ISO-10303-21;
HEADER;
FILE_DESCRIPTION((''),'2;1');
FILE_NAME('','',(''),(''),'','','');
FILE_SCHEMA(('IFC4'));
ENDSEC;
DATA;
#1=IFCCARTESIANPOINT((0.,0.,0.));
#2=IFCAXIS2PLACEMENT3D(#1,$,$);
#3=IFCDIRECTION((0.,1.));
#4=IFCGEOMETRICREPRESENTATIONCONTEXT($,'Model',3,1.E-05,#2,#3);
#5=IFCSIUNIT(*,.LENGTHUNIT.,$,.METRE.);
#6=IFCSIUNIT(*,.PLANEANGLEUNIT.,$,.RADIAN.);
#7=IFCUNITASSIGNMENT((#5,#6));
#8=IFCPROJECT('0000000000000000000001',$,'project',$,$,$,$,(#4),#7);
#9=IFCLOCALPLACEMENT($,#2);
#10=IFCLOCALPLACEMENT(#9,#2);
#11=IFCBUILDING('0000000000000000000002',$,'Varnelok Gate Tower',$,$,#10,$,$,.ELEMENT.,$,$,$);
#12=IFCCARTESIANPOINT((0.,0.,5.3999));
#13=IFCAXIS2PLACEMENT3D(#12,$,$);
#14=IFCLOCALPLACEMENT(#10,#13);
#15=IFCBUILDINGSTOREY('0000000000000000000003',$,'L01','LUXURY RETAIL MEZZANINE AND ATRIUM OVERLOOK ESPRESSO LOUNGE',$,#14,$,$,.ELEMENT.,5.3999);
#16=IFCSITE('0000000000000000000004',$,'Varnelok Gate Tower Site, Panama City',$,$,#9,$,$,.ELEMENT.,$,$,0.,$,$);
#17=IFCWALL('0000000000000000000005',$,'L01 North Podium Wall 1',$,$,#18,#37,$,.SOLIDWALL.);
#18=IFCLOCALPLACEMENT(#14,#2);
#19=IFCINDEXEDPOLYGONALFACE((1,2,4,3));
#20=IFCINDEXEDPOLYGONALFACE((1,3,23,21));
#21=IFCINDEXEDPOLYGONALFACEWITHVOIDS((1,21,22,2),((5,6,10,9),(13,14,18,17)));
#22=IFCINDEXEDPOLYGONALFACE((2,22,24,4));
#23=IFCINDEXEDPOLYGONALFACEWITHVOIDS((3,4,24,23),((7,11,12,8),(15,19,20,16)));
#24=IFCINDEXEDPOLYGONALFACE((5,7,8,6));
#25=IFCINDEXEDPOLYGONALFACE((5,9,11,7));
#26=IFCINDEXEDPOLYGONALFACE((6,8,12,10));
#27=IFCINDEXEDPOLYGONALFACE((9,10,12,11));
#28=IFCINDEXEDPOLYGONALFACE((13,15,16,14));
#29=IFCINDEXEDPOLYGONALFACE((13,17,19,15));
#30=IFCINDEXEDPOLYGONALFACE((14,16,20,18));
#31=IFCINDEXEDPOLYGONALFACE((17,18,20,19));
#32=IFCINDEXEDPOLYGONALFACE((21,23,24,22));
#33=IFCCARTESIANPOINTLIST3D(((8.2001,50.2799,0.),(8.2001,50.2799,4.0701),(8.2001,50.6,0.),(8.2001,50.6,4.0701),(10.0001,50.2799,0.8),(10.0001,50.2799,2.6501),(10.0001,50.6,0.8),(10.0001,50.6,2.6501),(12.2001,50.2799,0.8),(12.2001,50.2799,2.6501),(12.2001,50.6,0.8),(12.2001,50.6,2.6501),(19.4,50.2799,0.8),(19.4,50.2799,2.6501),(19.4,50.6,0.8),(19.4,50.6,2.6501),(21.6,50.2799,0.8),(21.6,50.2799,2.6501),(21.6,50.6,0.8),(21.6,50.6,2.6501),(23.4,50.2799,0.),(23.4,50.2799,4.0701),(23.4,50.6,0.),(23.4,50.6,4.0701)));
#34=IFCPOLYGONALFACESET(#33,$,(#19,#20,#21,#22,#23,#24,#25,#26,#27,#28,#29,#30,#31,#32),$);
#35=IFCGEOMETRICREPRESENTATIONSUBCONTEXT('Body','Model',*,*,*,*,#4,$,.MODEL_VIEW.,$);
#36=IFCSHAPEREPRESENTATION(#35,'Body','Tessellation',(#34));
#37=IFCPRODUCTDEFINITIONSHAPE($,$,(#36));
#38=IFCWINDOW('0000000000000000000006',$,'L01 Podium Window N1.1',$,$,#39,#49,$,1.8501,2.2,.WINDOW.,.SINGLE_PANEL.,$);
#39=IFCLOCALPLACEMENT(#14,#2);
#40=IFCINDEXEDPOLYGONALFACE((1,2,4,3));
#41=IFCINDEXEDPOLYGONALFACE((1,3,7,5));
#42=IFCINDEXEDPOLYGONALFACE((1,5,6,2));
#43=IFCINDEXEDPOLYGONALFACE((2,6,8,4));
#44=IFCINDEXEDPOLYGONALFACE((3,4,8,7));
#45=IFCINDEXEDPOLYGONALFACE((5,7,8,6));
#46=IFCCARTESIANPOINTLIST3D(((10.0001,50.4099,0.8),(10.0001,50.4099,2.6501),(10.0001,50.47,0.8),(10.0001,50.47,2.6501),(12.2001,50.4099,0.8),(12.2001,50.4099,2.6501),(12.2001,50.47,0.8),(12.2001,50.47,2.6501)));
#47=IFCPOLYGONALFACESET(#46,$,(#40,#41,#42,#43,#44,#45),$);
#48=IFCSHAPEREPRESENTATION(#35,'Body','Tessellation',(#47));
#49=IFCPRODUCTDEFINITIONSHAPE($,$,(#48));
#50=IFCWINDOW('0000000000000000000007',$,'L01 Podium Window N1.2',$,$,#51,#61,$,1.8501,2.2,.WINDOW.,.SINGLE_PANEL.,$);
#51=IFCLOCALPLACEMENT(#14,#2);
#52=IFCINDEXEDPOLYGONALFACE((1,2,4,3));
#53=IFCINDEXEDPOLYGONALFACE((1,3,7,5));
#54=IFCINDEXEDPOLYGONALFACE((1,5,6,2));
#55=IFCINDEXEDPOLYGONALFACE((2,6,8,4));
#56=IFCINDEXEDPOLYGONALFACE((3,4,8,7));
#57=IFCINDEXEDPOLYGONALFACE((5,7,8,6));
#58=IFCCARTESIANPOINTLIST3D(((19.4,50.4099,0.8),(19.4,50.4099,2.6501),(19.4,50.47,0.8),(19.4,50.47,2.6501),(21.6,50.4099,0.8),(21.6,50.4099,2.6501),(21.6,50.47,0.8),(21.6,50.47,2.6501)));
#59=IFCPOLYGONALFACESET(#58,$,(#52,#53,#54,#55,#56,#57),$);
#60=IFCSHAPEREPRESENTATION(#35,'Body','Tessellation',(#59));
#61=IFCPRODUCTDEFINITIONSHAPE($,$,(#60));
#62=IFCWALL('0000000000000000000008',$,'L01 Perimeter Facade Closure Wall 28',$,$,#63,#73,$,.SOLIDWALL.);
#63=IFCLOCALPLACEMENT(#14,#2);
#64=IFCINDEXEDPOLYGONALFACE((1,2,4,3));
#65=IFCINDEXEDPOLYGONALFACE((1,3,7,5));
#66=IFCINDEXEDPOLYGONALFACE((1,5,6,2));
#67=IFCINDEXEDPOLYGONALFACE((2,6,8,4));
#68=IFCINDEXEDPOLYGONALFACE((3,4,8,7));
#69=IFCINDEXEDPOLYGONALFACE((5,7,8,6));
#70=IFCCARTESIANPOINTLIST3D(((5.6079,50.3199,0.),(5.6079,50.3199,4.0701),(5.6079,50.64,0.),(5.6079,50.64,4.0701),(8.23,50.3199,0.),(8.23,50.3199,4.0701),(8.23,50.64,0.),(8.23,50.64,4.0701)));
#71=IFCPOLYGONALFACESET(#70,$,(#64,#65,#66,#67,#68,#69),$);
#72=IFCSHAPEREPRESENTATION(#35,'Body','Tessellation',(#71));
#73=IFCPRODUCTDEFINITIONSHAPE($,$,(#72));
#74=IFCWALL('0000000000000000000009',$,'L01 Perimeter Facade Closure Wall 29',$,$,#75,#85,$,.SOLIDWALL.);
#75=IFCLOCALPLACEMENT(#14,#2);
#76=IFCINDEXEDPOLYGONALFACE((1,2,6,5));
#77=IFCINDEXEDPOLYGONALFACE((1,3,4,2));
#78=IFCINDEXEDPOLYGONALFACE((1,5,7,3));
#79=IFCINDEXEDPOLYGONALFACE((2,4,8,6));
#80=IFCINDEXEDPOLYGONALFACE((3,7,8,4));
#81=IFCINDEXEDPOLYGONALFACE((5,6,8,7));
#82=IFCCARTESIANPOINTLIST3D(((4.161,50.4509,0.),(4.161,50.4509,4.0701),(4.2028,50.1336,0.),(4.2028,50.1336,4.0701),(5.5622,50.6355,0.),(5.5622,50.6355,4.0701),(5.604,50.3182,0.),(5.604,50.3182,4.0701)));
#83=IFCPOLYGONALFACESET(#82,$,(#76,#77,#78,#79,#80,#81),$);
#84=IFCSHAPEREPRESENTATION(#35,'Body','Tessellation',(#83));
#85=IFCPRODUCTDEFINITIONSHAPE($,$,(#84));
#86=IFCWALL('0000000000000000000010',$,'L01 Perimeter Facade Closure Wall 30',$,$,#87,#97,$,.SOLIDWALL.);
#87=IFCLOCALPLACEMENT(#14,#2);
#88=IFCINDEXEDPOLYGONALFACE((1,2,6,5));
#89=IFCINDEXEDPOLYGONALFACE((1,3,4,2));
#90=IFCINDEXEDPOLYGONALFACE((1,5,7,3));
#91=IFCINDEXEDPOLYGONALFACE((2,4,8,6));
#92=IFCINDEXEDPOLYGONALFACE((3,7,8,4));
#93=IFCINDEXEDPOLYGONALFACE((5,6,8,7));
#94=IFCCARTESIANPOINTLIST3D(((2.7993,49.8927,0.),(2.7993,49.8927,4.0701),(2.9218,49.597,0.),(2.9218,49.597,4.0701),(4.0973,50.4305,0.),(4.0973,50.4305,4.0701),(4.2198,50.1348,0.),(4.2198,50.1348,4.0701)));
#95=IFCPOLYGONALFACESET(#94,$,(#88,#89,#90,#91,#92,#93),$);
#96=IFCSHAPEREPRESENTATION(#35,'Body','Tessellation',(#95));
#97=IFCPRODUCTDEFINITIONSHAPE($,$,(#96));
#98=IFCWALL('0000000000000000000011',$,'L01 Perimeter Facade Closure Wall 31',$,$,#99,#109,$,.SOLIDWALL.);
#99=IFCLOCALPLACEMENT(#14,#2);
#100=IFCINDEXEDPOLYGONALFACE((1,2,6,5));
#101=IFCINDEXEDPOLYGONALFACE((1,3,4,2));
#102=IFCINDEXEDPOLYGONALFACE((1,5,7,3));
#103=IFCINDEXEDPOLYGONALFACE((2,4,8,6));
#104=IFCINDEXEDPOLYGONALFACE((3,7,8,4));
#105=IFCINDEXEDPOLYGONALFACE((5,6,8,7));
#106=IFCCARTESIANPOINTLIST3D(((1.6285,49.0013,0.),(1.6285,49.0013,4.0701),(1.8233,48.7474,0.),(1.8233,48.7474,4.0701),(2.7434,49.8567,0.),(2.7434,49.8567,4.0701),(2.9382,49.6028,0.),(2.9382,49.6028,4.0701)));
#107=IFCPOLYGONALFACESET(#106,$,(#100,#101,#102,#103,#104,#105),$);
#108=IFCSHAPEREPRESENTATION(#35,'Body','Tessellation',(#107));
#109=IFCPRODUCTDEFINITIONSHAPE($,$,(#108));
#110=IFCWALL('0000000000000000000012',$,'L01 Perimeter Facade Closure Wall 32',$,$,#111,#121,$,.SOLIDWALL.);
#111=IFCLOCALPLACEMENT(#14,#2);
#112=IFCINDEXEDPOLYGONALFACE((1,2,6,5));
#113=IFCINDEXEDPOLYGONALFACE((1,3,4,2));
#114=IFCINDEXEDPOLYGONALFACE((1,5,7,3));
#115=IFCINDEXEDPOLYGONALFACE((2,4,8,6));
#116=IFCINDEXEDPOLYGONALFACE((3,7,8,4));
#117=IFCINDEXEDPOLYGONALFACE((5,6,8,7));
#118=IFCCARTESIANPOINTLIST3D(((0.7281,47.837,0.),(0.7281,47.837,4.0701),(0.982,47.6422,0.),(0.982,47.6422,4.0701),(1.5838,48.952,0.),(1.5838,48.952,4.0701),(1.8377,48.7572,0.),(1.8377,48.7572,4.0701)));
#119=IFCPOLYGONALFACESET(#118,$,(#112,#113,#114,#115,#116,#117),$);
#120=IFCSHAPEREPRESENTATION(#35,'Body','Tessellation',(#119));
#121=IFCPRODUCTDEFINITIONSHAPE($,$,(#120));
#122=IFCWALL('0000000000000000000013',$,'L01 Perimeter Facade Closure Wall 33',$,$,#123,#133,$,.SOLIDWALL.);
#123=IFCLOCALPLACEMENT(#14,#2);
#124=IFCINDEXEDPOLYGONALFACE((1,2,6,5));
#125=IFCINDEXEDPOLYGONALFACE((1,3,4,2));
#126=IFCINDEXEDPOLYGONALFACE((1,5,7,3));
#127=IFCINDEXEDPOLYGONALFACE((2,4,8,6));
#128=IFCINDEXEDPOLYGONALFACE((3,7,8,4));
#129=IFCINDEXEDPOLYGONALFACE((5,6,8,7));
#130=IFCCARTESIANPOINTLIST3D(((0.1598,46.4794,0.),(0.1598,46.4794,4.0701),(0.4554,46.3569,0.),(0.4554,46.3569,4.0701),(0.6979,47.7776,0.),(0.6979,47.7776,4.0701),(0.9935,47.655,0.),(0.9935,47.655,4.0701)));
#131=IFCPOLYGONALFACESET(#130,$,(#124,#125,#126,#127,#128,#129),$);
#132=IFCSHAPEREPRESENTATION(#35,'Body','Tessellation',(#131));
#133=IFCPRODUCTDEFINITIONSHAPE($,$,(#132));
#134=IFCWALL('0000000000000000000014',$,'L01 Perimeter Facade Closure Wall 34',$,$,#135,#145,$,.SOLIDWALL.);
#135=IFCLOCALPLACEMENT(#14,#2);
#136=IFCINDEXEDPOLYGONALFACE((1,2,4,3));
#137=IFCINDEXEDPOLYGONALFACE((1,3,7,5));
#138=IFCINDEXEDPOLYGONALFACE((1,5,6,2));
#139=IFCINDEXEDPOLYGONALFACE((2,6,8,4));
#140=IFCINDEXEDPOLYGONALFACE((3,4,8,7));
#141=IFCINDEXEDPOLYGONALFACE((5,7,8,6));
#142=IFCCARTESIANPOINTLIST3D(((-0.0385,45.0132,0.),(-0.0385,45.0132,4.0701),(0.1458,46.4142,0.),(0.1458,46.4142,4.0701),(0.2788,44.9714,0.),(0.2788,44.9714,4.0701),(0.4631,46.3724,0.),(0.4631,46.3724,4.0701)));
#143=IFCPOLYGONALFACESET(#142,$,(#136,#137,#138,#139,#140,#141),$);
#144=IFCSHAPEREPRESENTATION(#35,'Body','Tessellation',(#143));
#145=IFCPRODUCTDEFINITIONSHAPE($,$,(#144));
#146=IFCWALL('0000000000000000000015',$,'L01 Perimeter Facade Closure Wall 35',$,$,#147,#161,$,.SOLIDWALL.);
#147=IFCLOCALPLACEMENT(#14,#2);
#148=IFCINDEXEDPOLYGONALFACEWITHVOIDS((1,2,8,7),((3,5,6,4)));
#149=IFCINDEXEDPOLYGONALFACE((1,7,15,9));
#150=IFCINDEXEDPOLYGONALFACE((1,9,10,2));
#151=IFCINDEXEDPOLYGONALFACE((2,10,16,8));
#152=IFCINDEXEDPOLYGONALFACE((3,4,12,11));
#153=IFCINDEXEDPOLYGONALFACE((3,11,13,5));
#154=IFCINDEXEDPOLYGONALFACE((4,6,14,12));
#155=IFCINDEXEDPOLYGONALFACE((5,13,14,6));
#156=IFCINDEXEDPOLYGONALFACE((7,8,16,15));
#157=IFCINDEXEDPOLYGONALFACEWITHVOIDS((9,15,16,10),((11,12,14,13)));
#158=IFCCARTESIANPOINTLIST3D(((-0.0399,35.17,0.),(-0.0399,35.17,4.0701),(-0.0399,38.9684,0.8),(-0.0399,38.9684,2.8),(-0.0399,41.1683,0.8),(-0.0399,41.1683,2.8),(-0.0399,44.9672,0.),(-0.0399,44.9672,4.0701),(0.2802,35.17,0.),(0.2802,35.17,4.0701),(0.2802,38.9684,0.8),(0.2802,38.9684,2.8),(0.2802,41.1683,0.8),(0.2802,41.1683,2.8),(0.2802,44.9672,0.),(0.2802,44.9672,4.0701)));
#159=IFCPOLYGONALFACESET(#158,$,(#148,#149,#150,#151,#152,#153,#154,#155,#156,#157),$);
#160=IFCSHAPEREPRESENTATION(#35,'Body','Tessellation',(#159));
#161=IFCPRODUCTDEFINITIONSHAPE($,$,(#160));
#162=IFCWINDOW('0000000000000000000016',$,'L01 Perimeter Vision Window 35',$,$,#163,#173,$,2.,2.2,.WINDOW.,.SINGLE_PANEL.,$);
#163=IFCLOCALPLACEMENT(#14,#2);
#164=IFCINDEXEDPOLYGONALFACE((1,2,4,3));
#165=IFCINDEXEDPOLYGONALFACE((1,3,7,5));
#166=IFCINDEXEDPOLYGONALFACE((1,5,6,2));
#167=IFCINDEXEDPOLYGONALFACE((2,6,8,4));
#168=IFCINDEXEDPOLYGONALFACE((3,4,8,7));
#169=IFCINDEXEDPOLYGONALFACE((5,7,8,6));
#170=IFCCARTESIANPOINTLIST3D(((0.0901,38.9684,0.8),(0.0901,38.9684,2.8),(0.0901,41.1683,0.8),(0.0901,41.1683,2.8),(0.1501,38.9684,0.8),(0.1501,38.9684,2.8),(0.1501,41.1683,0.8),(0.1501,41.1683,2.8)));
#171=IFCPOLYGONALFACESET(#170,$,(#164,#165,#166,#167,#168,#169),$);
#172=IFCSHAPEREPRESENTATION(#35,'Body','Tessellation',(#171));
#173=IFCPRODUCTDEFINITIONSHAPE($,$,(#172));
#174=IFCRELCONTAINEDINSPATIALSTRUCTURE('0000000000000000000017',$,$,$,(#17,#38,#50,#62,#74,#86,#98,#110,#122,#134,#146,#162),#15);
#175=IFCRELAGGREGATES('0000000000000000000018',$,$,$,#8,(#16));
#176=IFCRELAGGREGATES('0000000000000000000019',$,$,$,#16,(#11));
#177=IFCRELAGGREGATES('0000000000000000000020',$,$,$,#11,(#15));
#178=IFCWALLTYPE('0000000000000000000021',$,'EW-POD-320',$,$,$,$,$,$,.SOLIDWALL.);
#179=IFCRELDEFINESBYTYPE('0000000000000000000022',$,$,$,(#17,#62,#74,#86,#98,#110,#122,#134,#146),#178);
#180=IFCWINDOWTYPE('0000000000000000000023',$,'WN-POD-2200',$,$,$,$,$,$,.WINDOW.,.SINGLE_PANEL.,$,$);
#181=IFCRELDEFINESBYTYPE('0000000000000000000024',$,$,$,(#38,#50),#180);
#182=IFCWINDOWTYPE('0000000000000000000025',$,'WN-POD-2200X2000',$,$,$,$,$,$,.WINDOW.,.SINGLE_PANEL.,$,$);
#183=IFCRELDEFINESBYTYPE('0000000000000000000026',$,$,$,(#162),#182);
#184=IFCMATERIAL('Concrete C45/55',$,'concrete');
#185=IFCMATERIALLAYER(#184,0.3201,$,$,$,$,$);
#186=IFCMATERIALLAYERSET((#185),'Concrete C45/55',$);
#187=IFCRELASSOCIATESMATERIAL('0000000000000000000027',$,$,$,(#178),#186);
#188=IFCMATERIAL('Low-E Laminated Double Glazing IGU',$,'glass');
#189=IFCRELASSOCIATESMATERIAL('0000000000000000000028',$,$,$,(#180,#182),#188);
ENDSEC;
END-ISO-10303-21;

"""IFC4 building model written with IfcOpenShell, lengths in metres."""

from ifc_helpers import new_model, si_unit, direction, frame, frame_2d, origin, place, context, subcontext, project, spatial, rectangle, extrude, material, layer, layer_set, type_object, element, fill, save


model = new_model("IFC4")

# Units and contexts
model_context = context("Model", 3, precision=1e-05, world=origin(), true_north=direction((0.0, 1.0)))
body_context = subcontext(model_context, "Body", "Model", "MODEL_VIEW")
ifc_project = project(units=[si_unit("LENGTHUNIT", "METRE"), si_unit("PLANEANGLEUNIT", "RADIAN")], contexts=[model_context])

# Site, building, storey
site_placement = place(None, origin())
site = spatial("IfcSite", under=ifc_project, at=site_placement, Name="Varnelok Gate Tower Site, Panama City", CompositionType="ELEMENT", RefElevation=0.0)
building_placement = place(site_placement, origin())
building = spatial("IfcBuilding", under=site, at=building_placement, Name="Varnelok Gate Tower", CompositionType="ELEMENT")
storey_placement = place(building_placement, frame((0.0, 0.0, 5.3999)))
storey = spatial("IfcBuildingStorey", under=building, at=storey_placement, Name="L01", Description="LUXURY RETAIL MEZZANINE AND ATRIUM OVERLOOK ESPRESSO LOUNGE", CompositionType="ELEMENT", Elevation=5.3999)

# Wall, openings, windows
ifc_material_1 = material(Name="Concrete C45/55", Category="concrete")
ifc_layer_1 = layer(ifc_material_1, 0.3201)
ifc_layer_set_1 = layer_set([ifc_layer_1], Name="Concrete C45/55")
wall_type_1 = type_object("IfcWallType", Name="EW-POD-320", PredefinedType="SOLIDWALL", material=ifc_layer_set_1)
wall_1_placement = place(storey_placement, frame((8.2, 50.4399, 0.0), z_axis=(0.0, 0.0, 1.0), x_axis=(1.0, 0.0, 0.0)))
wall_1 = element("IfcWall", 1, at=wall_1_placement, inside=storey, type_object=wall_type_1, Name="L01 North Podium Wall 1", PredefinedType="SOLIDWALL", context=body_context, shape_type="SweptSolid", body=[
    extrude(rectangle(XDim=15.2, YDim=0.3201, at=frame_2d((7.6001, 0.0))), origin(), (0.0, 0.0, 1.0), 4.0701),
])
opening_1_placement = place(wall_1_placement, frame((1.8, 0.0, 0.8)))
opening_1 = element("IfcOpeningElement", 2, at=opening_1_placement, cuts=wall_1, PredefinedType="OPENING", context=body_context, shape_type="SweptSolid", body=[
    extrude(rectangle(XDim=2.2, YDim=1.8501, at=frame_2d((1.1001, 0.925))), frame((0.0, 0.1699, 0.0), z_axis=(0.0, -1.0, 0.0), x_axis=(1.0, 0.0, 0.0)), (0.0, 0.0, 1.0), 0.3401),
])
opening_2_placement = place(wall_1_placement, frame((11.2, 0.0, 0.8)))
opening_2 = element("IfcOpeningElement", 3, at=opening_2_placement, cuts=wall_1, PredefinedType="OPENING", context=body_context, shape_type="SweptSolid", body=[
    extrude(rectangle(XDim=2.2, YDim=1.8501, at=frame_2d((1.1001, 0.925))), frame((0.0, 0.1699, 0.0), z_axis=(0.0, -1.0, 0.0), x_axis=(1.0, 0.0, 0.0)), (0.0, 0.0, 1.0), 0.3401),
])
ifc_material_2 = material(Name="Low-E Laminated Double Glazing IGU", Category="glass")
window_type_1 = type_object("IfcWindowType", Name="WN-POD-2200", PartitioningType="SINGLE_PANEL", PredefinedType="WINDOW", material=ifc_material_2)
window_1_placement = place(opening_1_placement, origin())
window_1 = element("IfcWindow", 4, at=window_1_placement, inside=storey, type_object=window_type_1, Name="L01 Podium Window N1.1", OverallHeight=1.8501, OverallWidth=2.2, PartitioningType="SINGLE_PANEL", PredefinedType="WINDOW", context=body_context, shape_type="SweptSolid", body=[
    extrude(rectangle(XDim=2.2, YDim=1.8501, at=frame_2d((1.1001, 0.925))), frame((0.0, 0.03, 0.0), z_axis=(0.0, -1.0, 0.0), x_axis=(1.0, 0.0, 0.0)), (0.0, 0.0, 1.0), 0.0601),
])
fill(opening_1, window_1)
window_2_placement = place(opening_2_placement, origin())
window_2 = element("IfcWindow", 5, at=window_2_placement, inside=storey, type_object=window_type_1, Name="L01 Podium Window N1.2", OverallHeight=1.8501, OverallWidth=2.2, PartitioningType="SINGLE_PANEL", PredefinedType="WINDOW", context=body_context, shape_type="SweptSolid", body=[
    extrude(rectangle(XDim=2.2, YDim=1.8501, at=frame_2d((1.1001, 0.925))), frame((0.0, 0.03, 0.0), z_axis=(0.0, -1.0, 0.0), x_axis=(1.0, 0.0, 0.0)), (0.0, 0.0, 1.0), 0.0601),
])
fill(opening_2, window_2)

# Walls
wall_2_placement = place(storey_placement, frame((8.23, 50.48, 0.0), z_axis=(0.0, 0.0, 1.0), x_axis=(-1.0, 0.0, 0.0)))
element("IfcWall", 6, at=wall_2_placement, inside=storey, type_object=wall_type_1, Name="L01 Perimeter Facade Closure Wall 28", PredefinedType="SOLIDWALL", context=body_context, shape_type="SweptSolid", body=[
    extrude(rectangle(XDim=2.6221, YDim=0.3201, at=frame_2d((1.311, 0.0))), origin(), (0.0, 0.0, 1.0), 4.0701),
])
wall_3_placement = place(storey_placement, frame((5.583, 50.4768, 0.0), z_axis=(0.0, 0.0, 1.0), x_axis=(-0.991435, -0.130602, 0.0)))
element("IfcWall", 7, at=wall_3_placement, inside=storey, type_object=wall_type_1, Name="L01 Perimeter Facade Closure Wall 29", PredefinedType="SOLIDWALL", context=body_context, shape_type="SweptSolid", body=[
    extrude(rectangle(XDim=1.4133, YDim=0.3201, at=frame_2d((0.7065, 0.0))), origin(), (0.0, 0.0, 1.0), 4.0701),
])
wall_4_placement = place(storey_placement, frame((4.1587, 50.2827, 0.0), z_axis=(0.0, 0.0, 1.0), x_axis=(-0.923841, -0.382776, 0.0)))
element("IfcWall", 8, at=wall_4_placement, inside=storey, type_object=wall_type_1, Name="L01 Perimeter Facade Closure Wall 30", PredefinedType="SOLIDWALL", context=body_context, shape_type="SweptSolid", body=[
    extrude(rectangle(XDim=1.405, YDim=0.3201, at=frame_2d((0.7026, 0.0))), origin(), (0.0, 0.0, 1.0), 4.0701),
])
wall_5_placement = place(storey_placement, frame((2.8408, 49.7297, 0.0), z_axis=(0.0, 0.0, 1.0), x_axis=(-0.793385, -0.60872, 0.0)))
element("IfcWall", 9, at=wall_5_placement, inside=storey, type_object=wall_type_1, Name="L01 Perimeter Facade Closure Wall 31", PredefinedType="SOLIDWALL", context=body_context, shape_type="SweptSolid", body=[
    extrude(rectangle(XDim=1.4053, YDim=0.3201, at=frame_2d((0.7026, 0.0))), origin(), (0.0, 0.0, 1.0), 4.0701),
])
wall_6_placement = place(storey_placement, frame((1.7107, 48.8545, 0.0), z_axis=(0.0, 0.0, 1.0), x_axis=(-0.608829, -0.793302, 0.0)))
element("IfcWall", 10, at=wall_6_placement, inside=storey, type_object=wall_type_1, Name="L01 Perimeter Facade Closure Wall 32", PredefinedType="SOLIDWALL", context=body_context, shape_type="SweptSolid", body=[
    extrude(rectangle(XDim=1.4055, YDim=0.3201, at=frame_2d((0.7026, 0.0))), origin(), (0.0, 0.0, 1.0), 4.0701),
])
wall_7_placement = place(storey_placement, frame((0.8457, 47.7163, 0.0), z_axis=(0.0, 0.0, 1.0), x_axis=(-0.382925, -0.92378, 0.0)))
element("IfcWall", 11, at=wall_7_placement, inside=storey, type_object=wall_type_1, Name="L01 Perimeter Facade Closure Wall 33", PredefinedType="SOLIDWALL", context=body_context, shape_type="SweptSolid", body=[
    extrude(rectangle(XDim=1.4053, YDim=0.3201, at=frame_2d((0.7026, 0.0))), origin(), (0.0, 0.0, 1.0), 4.0701),
])
wall_8_placement = place(storey_placement, frame((0.3044, 46.3933, 0.0), z_axis=(0.0, 0.0, 1.0), x_axis=(-0.130432, -0.991457, 0.0)))
element("IfcWall", 12, at=wall_8_placement, inside=storey, type_object=wall_type_1, Name="L01 Perimeter Facade Closure Wall 34", PredefinedType="SOLIDWALL", context=body_context, shape_type="SweptSolid", body=[
    extrude(rectangle(XDim=1.4131, YDim=0.3201, at=frame_2d((0.7065, 0.0))), origin(), (0.0, 0.0, 1.0), 4.0701),
])

# Wall, opening, window
wall_9_placement = place(storey_placement, frame((0.1201, 44.967, 0.0), z_axis=(0.0, 0.0, 1.0), x_axis=(0.0, -1.0, 0.0)))
wall_9 = element("IfcWall", 13, at=wall_9_placement, inside=storey, type_object=wall_type_1, Name="L01 Perimeter Facade Closure Wall 35", PredefinedType="SOLIDWALL", context=body_context, shape_type="SweptSolid", body=[
    extrude(rectangle(XDim=9.7971, YDim=0.3201, at=frame_2d((4.8984, 0.0))), origin(), (0.0, 0.0, 1.0), 4.0701),
])
opening_3_placement = place(wall_9_placement, frame((3.7986, 0.0, 0.8)))
opening_3 = element("IfcOpeningElement", 14, at=opening_3_placement, cuts=wall_9, PredefinedType="OPENING", context=body_context, shape_type="SweptSolid", body=[
    extrude(rectangle(XDim=2.2, YDim=2.0, at=frame_2d((1.1001, 1.0))), frame((0.0, 0.1699, 0.0), z_axis=(0.0, -1.0, 0.0), x_axis=(1.0, 0.0, 0.0)), (0.0, 0.0, 1.0), 0.3401),
])
window_type_2 = type_object("IfcWindowType", Name="WN-POD-2200X2000", PartitioningType="SINGLE_PANEL", PredefinedType="WINDOW", material=ifc_material_2)
window_3_placement = place(opening_3_placement, origin())
window_3 = element("IfcWindow", 15, at=window_3_placement, inside=storey, type_object=window_type_2, Name="L01 Perimeter Vision Window 35", OverallHeight=2.0, OverallWidth=2.2, PartitioningType="SINGLE_PANEL", PredefinedType="WINDOW", context=body_context, shape_type="SweptSolid", body=[
    extrude(rectangle(XDim=2.2, YDim=2.0, at=frame_2d((1.1001, 1.0))), frame((0.0, 0.03, 0.0), z_axis=(0.0, -1.0, 0.0), x_axis=(1.0, 0.0, 0.0)), (0.0, 0.0, 1.0), 0.0601),
])
fill(opening_3, window_3)

save(model, "model.ifc")
